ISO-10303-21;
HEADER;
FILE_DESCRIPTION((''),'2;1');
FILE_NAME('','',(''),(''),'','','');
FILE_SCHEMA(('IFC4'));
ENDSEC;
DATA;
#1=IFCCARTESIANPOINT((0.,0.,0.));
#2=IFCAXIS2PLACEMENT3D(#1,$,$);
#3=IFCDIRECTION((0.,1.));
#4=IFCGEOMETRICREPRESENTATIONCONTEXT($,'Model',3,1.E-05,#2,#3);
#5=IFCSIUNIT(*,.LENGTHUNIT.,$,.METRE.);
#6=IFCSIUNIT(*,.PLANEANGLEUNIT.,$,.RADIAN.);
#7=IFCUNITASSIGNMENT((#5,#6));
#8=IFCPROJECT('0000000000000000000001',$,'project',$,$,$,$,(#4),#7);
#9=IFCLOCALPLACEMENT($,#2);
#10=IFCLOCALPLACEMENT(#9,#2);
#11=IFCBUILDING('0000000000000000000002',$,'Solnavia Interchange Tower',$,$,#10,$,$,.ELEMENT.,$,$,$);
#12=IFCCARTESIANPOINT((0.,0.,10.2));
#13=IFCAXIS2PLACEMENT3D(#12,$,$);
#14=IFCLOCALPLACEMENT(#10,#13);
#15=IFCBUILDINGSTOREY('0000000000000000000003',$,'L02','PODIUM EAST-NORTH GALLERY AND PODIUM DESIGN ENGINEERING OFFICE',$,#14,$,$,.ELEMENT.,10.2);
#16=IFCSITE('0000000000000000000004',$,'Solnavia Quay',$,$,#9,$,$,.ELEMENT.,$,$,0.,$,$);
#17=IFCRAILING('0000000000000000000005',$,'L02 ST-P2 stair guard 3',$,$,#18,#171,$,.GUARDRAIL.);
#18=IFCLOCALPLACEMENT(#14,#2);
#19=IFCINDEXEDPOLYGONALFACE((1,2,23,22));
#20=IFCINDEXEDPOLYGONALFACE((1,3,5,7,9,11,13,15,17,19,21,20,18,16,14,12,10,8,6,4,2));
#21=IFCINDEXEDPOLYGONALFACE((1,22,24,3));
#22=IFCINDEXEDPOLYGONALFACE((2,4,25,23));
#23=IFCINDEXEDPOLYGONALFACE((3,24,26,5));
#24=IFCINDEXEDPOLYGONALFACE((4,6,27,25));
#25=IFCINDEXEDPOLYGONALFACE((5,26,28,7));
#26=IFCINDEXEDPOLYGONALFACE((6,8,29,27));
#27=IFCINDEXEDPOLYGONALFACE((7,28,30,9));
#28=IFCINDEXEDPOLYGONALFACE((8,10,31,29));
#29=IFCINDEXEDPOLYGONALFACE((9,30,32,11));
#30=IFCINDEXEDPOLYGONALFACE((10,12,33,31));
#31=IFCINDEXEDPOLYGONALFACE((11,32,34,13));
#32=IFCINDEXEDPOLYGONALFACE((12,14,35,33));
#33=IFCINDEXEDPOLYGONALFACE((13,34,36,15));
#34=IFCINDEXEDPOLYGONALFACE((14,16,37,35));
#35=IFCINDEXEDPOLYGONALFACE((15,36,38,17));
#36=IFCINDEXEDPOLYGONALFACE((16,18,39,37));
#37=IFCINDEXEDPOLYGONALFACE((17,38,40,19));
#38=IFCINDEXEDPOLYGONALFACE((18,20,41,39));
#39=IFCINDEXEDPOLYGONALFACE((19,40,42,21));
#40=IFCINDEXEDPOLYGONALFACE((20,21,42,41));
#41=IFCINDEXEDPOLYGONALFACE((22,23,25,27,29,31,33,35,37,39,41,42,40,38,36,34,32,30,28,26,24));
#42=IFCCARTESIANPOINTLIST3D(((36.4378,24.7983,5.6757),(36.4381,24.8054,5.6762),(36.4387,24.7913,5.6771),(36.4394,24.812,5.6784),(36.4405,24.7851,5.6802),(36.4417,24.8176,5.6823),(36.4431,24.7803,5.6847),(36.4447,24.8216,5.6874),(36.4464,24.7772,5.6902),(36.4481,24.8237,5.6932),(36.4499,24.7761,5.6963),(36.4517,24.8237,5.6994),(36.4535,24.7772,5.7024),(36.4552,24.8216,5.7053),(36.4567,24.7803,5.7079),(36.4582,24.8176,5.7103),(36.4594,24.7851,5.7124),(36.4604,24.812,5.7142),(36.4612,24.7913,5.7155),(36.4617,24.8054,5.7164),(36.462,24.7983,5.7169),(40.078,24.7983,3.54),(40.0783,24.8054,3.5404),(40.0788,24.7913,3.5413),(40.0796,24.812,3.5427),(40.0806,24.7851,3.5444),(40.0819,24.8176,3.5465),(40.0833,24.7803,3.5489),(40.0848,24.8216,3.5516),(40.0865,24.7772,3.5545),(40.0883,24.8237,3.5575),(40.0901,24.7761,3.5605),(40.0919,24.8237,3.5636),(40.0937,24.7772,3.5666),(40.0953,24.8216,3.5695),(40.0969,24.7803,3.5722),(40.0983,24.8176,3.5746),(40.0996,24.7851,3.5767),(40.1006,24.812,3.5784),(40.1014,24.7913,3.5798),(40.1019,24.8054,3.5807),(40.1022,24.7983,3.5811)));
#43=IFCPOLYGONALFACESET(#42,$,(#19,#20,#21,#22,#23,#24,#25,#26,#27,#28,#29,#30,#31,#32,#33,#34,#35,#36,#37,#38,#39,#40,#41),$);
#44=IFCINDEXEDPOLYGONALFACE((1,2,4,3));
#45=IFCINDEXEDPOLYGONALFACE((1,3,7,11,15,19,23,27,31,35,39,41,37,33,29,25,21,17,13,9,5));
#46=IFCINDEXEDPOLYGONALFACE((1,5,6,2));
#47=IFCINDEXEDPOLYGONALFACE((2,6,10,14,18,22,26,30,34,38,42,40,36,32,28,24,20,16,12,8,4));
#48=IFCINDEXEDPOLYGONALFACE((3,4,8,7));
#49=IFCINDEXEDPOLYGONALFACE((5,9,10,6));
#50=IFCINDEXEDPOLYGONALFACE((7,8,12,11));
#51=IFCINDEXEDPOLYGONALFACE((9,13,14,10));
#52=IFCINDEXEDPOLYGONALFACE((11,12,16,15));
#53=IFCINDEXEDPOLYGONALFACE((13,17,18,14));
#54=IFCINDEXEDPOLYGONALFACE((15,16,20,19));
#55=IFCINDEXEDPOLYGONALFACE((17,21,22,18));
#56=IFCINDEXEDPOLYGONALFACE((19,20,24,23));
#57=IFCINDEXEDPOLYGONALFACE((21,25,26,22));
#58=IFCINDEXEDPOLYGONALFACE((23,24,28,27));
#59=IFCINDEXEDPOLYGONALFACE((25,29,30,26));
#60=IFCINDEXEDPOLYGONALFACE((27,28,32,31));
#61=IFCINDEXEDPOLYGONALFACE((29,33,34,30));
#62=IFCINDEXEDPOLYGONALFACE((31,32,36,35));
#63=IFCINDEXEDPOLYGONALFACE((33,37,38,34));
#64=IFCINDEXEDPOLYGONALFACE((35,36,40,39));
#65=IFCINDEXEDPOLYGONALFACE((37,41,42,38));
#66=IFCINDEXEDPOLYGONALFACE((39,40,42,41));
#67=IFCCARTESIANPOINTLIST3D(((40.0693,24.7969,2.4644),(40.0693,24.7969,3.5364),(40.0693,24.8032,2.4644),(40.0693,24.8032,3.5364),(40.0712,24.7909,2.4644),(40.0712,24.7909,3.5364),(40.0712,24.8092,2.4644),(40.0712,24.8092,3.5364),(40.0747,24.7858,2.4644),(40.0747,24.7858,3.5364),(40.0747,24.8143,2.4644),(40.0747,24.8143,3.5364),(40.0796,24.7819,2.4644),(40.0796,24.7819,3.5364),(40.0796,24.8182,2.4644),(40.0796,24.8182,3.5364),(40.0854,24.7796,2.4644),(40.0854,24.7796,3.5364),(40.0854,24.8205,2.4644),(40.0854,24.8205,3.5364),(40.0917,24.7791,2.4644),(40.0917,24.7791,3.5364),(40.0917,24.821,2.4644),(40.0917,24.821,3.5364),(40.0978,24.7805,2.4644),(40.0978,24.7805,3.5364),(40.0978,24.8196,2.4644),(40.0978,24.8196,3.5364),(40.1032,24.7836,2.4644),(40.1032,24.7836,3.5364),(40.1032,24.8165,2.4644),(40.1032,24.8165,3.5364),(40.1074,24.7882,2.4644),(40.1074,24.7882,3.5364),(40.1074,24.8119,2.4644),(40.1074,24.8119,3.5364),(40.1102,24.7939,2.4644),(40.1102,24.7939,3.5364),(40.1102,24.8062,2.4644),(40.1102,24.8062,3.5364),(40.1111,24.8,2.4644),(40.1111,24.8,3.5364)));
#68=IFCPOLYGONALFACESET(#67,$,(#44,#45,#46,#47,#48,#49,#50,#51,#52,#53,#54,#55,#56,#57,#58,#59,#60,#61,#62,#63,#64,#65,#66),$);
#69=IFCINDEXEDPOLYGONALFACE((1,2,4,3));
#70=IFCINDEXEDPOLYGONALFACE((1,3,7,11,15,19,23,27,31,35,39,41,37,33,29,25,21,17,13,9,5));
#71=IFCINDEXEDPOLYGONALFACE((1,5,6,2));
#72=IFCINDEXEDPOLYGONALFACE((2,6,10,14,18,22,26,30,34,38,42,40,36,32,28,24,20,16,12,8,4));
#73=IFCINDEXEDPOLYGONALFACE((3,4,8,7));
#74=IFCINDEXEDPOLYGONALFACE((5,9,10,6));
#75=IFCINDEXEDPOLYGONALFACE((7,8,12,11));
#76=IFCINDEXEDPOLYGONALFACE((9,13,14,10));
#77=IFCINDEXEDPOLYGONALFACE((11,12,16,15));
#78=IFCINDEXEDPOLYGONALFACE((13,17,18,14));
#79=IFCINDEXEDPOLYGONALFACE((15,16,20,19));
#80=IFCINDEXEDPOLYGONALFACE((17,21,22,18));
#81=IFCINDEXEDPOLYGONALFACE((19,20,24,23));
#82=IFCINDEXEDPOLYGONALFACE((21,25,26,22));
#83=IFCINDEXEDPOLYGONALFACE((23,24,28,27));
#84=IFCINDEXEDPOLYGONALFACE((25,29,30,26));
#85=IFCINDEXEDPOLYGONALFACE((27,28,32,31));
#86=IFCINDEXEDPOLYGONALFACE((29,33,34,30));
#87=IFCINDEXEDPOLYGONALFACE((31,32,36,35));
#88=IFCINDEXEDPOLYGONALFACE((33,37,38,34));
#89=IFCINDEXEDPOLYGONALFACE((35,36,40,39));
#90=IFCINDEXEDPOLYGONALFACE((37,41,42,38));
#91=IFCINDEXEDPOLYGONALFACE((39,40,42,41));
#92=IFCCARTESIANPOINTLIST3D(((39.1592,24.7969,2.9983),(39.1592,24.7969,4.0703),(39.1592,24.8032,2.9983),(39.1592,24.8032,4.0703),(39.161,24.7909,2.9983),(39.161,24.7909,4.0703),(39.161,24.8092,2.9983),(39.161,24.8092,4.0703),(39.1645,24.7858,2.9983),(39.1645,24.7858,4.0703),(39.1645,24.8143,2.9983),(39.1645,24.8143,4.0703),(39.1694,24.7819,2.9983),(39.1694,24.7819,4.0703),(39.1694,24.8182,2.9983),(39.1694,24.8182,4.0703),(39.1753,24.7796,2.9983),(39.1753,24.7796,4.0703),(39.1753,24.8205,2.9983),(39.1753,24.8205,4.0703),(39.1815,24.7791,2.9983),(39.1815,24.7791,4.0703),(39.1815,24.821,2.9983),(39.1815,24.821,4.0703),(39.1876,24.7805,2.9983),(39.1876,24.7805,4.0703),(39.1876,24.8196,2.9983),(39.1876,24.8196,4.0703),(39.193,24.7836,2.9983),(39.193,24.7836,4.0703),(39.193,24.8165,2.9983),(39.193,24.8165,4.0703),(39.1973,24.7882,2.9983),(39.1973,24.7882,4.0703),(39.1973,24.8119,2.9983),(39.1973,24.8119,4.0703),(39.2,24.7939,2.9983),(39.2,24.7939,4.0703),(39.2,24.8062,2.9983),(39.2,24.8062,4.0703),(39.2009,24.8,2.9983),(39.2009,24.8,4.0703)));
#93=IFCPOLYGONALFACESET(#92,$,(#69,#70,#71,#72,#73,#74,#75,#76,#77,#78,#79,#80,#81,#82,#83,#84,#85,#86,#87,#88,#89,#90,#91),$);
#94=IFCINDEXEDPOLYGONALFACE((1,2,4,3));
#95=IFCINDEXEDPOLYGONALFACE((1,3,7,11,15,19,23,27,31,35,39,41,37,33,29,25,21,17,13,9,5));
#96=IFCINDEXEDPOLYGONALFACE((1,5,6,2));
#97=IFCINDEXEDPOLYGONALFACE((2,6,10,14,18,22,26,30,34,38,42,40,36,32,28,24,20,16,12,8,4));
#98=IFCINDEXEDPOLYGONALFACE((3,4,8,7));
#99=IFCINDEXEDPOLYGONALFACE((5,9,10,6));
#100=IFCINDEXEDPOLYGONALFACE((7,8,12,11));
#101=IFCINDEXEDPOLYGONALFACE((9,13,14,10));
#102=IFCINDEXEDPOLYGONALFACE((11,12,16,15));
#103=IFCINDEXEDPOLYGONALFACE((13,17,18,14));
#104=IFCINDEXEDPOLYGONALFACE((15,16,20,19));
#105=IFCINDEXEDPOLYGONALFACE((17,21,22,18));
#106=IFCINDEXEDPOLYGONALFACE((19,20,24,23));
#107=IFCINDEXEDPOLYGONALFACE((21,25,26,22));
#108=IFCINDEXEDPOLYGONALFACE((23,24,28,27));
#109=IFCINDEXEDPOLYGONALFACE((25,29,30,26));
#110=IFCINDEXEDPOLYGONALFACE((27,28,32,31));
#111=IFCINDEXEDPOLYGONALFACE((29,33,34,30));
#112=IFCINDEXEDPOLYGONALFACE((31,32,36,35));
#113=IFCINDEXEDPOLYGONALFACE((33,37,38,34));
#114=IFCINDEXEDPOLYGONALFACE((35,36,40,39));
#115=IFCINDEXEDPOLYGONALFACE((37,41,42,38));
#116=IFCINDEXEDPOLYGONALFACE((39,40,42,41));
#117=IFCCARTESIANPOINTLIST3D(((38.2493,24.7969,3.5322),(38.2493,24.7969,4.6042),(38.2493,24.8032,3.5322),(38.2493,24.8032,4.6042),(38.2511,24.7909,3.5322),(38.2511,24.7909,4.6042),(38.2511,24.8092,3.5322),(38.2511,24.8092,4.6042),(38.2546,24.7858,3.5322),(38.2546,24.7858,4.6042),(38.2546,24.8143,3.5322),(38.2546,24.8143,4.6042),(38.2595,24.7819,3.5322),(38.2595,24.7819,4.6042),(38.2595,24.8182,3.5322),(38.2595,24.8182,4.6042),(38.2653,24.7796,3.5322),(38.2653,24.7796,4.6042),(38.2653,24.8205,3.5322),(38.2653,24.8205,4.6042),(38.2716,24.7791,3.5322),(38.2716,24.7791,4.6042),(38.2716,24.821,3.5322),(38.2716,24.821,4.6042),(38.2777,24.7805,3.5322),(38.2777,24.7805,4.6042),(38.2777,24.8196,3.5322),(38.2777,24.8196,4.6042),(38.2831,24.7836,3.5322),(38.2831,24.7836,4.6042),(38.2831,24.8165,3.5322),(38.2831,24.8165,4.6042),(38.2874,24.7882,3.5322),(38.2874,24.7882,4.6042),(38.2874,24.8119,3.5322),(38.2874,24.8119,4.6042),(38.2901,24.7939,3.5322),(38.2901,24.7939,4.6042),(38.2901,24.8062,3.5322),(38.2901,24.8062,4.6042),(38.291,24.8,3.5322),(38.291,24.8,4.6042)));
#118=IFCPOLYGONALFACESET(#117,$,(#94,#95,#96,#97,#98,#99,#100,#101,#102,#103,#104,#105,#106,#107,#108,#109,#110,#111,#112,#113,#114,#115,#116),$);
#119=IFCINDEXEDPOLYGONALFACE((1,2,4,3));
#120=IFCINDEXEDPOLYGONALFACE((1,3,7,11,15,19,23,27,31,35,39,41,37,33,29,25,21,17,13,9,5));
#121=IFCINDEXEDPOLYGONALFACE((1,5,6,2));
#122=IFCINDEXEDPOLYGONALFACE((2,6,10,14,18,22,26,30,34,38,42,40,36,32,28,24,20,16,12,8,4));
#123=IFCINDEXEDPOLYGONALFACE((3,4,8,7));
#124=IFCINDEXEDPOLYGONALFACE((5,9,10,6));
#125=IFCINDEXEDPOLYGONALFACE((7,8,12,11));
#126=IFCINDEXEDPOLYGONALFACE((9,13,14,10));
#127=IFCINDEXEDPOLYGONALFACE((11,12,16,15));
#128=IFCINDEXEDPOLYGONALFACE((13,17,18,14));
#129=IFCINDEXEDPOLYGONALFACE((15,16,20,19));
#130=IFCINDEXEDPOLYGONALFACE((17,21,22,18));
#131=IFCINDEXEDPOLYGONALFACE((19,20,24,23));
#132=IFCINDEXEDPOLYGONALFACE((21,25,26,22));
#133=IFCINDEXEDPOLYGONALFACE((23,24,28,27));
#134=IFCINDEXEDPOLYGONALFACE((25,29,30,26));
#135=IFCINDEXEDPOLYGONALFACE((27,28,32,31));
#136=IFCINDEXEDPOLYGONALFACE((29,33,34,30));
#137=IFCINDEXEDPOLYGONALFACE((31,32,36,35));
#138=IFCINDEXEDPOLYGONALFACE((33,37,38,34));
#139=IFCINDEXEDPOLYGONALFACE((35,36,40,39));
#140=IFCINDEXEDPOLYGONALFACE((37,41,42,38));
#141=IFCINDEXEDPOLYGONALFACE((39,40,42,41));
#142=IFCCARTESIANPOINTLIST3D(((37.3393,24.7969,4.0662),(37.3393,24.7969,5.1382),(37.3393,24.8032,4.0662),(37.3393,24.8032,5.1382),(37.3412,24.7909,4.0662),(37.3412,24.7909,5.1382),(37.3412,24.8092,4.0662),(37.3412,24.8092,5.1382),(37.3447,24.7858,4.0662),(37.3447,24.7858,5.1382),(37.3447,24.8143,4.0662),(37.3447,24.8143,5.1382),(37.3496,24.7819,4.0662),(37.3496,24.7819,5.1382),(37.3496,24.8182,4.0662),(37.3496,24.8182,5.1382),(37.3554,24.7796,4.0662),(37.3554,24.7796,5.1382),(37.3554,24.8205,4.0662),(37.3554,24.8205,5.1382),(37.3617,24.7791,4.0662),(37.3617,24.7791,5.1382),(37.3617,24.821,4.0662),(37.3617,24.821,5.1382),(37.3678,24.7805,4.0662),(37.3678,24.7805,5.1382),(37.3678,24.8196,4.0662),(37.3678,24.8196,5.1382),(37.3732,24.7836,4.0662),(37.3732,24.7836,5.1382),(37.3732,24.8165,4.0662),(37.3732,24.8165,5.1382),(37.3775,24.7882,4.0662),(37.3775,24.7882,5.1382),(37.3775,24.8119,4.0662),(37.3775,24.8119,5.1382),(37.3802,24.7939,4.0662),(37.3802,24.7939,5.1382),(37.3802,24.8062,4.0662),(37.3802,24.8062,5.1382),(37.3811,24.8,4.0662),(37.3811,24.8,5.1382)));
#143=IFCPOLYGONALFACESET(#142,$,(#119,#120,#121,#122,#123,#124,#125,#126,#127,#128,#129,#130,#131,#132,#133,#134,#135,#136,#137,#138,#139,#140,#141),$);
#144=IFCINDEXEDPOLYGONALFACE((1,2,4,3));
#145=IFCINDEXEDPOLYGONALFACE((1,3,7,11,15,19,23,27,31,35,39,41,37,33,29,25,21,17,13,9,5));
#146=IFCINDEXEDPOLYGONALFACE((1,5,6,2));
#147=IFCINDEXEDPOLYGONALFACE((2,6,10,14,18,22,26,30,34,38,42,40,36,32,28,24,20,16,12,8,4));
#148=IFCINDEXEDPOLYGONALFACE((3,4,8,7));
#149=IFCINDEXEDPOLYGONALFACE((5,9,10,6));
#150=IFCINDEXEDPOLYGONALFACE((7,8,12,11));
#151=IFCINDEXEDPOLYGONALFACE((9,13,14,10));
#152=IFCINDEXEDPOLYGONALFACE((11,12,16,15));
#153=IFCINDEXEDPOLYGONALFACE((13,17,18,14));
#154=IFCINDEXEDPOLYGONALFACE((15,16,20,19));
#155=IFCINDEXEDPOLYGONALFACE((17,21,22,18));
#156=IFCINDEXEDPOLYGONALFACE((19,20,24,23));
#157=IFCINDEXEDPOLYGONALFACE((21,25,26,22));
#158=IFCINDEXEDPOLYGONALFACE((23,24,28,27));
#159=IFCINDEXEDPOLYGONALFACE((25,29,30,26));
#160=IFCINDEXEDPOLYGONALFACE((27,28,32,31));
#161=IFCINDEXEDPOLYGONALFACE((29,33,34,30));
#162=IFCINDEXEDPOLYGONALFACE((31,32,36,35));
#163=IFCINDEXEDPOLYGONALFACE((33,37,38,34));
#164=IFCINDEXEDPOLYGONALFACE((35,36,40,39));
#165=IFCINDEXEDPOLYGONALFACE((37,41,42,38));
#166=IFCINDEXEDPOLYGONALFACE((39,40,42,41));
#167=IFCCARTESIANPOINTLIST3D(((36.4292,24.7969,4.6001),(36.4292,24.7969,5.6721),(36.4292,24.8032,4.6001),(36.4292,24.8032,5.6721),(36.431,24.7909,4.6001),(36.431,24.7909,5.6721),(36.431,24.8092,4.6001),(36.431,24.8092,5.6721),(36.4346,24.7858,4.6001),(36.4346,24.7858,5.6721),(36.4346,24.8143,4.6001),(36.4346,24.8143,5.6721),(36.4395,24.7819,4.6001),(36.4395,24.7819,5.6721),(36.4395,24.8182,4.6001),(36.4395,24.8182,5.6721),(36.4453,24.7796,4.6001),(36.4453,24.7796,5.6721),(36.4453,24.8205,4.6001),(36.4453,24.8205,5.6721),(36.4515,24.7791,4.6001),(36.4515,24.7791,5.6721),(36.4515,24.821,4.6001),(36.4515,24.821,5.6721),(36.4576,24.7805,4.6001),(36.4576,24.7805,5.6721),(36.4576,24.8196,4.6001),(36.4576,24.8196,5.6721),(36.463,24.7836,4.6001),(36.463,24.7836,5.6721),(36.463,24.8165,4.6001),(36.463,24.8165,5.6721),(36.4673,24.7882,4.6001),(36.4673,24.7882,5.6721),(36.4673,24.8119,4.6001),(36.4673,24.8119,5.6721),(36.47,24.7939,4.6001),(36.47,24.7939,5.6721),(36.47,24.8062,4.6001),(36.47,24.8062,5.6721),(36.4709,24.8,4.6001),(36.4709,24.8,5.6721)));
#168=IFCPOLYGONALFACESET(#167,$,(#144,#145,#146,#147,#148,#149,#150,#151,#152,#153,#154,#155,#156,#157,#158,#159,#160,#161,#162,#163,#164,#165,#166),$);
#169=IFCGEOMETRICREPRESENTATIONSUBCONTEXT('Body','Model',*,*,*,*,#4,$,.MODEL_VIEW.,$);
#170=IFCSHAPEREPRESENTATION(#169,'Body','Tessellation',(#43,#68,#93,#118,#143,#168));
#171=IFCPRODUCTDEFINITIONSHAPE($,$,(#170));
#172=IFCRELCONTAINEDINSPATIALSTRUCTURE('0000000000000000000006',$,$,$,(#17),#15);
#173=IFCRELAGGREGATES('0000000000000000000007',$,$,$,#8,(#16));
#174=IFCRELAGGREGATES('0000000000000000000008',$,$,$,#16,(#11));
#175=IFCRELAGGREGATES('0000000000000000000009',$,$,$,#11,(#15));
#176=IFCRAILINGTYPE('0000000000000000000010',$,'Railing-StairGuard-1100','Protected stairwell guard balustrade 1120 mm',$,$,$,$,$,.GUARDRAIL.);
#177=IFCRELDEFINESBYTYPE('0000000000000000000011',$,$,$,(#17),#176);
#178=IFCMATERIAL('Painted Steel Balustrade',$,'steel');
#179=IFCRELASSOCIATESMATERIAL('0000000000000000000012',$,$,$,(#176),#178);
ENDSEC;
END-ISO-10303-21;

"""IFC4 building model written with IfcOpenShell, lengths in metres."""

from ifc_helpers import new_model, si_unit, direction, frame, origin, origin_2d, place, context, subcontext, project, spatial, circle, extrude, material, type_object, element, save


model = new_model("IFC4")

# Units and contexts
model_context = context("Model", 3, precision=1e-05, world=origin(), true_north=direction((0.0, 1.0)))
body_context = subcontext(model_context, "Body", "Model", "MODEL_VIEW")
ifc_project = project(units=[si_unit("LENGTHUNIT", "METRE"), si_unit("PLANEANGLEUNIT", "RADIAN")], contexts=[model_context])

# Site, building, storey
site_placement = place(None, origin())
site = spatial("IfcSite", under=ifc_project, at=site_placement, Name="Solnavia Quay", CompositionType="ELEMENT", RefElevation=0.0)
building_placement = place(site_placement, origin())
building = spatial("IfcBuilding", under=site, at=building_placement, Name="Solnavia Interchange Tower", CompositionType="ELEMENT")
storey_placement = place(building_placement, frame((0.0, 0.0, 10.2)))
storey = spatial("IfcBuildingStorey", under=building, at=storey_placement, Name="L02", Description="PODIUM EAST-NORTH GALLERY AND PODIUM DESIGN ENGINEERING OFFICE", CompositionType="ELEMENT", Elevation=10.2)

# Railing
ifc_material_1 = material(Name="Painted Steel Balustrade", Category="steel")
railing_type_1 = type_object("IfcRailingType", Name="Railing-StairGuard-1100", Description="Protected stairwell guard balustrade 1120 mm", PredefinedType="GUARDRAIL", material=ifc_material_1)
railing_1_placement = place(storey_placement, frame((40.0901, 24.8, 2.4644)))
element("IfcRailing", 1, at=railing_1_placement, inside=storey, type_object=railing_type_1, Name="L02 ST-P2 stair guard 3", PredefinedType="GUARDRAIL", context=body_context, shape_type="SweptSolid", body=[
    extrude(circle(Radius=0.0239, at=origin_2d()), frame((0.0, 0.0, 1.0962), z_axis=(-0.862505, 0.0, 0.506049), x_axis=(0.0, -1.0, 0.0)), (0.0, 0.0, 1.0), 4.2205),
    extrude(circle(Radius=0.021, at=origin_2d()), origin(), (0.0, 0.0, 1.0), 1.072),
    extrude(circle(Radius=0.021, at=origin_2d()), frame((-0.9102, 0.0, 0.5339)), (0.0, 0.0, 1.0), 1.072),
    extrude(circle(Radius=0.021, at=origin_2d()), frame((-1.8201, 0.0, 1.0679)), (0.0, 0.0, 1.0), 1.072),
    extrude(circle(Radius=0.021, at=origin_2d()), frame((-2.73, 0.0, 1.6018)), (0.0, 0.0, 1.0), 1.072),
    extrude(circle(Radius=0.021, at=origin_2d()), frame((-3.6401, 0.0, 2.1357)), (0.0, 0.0, 1.0), 1.072),
])

save(model, "model.ifc")
